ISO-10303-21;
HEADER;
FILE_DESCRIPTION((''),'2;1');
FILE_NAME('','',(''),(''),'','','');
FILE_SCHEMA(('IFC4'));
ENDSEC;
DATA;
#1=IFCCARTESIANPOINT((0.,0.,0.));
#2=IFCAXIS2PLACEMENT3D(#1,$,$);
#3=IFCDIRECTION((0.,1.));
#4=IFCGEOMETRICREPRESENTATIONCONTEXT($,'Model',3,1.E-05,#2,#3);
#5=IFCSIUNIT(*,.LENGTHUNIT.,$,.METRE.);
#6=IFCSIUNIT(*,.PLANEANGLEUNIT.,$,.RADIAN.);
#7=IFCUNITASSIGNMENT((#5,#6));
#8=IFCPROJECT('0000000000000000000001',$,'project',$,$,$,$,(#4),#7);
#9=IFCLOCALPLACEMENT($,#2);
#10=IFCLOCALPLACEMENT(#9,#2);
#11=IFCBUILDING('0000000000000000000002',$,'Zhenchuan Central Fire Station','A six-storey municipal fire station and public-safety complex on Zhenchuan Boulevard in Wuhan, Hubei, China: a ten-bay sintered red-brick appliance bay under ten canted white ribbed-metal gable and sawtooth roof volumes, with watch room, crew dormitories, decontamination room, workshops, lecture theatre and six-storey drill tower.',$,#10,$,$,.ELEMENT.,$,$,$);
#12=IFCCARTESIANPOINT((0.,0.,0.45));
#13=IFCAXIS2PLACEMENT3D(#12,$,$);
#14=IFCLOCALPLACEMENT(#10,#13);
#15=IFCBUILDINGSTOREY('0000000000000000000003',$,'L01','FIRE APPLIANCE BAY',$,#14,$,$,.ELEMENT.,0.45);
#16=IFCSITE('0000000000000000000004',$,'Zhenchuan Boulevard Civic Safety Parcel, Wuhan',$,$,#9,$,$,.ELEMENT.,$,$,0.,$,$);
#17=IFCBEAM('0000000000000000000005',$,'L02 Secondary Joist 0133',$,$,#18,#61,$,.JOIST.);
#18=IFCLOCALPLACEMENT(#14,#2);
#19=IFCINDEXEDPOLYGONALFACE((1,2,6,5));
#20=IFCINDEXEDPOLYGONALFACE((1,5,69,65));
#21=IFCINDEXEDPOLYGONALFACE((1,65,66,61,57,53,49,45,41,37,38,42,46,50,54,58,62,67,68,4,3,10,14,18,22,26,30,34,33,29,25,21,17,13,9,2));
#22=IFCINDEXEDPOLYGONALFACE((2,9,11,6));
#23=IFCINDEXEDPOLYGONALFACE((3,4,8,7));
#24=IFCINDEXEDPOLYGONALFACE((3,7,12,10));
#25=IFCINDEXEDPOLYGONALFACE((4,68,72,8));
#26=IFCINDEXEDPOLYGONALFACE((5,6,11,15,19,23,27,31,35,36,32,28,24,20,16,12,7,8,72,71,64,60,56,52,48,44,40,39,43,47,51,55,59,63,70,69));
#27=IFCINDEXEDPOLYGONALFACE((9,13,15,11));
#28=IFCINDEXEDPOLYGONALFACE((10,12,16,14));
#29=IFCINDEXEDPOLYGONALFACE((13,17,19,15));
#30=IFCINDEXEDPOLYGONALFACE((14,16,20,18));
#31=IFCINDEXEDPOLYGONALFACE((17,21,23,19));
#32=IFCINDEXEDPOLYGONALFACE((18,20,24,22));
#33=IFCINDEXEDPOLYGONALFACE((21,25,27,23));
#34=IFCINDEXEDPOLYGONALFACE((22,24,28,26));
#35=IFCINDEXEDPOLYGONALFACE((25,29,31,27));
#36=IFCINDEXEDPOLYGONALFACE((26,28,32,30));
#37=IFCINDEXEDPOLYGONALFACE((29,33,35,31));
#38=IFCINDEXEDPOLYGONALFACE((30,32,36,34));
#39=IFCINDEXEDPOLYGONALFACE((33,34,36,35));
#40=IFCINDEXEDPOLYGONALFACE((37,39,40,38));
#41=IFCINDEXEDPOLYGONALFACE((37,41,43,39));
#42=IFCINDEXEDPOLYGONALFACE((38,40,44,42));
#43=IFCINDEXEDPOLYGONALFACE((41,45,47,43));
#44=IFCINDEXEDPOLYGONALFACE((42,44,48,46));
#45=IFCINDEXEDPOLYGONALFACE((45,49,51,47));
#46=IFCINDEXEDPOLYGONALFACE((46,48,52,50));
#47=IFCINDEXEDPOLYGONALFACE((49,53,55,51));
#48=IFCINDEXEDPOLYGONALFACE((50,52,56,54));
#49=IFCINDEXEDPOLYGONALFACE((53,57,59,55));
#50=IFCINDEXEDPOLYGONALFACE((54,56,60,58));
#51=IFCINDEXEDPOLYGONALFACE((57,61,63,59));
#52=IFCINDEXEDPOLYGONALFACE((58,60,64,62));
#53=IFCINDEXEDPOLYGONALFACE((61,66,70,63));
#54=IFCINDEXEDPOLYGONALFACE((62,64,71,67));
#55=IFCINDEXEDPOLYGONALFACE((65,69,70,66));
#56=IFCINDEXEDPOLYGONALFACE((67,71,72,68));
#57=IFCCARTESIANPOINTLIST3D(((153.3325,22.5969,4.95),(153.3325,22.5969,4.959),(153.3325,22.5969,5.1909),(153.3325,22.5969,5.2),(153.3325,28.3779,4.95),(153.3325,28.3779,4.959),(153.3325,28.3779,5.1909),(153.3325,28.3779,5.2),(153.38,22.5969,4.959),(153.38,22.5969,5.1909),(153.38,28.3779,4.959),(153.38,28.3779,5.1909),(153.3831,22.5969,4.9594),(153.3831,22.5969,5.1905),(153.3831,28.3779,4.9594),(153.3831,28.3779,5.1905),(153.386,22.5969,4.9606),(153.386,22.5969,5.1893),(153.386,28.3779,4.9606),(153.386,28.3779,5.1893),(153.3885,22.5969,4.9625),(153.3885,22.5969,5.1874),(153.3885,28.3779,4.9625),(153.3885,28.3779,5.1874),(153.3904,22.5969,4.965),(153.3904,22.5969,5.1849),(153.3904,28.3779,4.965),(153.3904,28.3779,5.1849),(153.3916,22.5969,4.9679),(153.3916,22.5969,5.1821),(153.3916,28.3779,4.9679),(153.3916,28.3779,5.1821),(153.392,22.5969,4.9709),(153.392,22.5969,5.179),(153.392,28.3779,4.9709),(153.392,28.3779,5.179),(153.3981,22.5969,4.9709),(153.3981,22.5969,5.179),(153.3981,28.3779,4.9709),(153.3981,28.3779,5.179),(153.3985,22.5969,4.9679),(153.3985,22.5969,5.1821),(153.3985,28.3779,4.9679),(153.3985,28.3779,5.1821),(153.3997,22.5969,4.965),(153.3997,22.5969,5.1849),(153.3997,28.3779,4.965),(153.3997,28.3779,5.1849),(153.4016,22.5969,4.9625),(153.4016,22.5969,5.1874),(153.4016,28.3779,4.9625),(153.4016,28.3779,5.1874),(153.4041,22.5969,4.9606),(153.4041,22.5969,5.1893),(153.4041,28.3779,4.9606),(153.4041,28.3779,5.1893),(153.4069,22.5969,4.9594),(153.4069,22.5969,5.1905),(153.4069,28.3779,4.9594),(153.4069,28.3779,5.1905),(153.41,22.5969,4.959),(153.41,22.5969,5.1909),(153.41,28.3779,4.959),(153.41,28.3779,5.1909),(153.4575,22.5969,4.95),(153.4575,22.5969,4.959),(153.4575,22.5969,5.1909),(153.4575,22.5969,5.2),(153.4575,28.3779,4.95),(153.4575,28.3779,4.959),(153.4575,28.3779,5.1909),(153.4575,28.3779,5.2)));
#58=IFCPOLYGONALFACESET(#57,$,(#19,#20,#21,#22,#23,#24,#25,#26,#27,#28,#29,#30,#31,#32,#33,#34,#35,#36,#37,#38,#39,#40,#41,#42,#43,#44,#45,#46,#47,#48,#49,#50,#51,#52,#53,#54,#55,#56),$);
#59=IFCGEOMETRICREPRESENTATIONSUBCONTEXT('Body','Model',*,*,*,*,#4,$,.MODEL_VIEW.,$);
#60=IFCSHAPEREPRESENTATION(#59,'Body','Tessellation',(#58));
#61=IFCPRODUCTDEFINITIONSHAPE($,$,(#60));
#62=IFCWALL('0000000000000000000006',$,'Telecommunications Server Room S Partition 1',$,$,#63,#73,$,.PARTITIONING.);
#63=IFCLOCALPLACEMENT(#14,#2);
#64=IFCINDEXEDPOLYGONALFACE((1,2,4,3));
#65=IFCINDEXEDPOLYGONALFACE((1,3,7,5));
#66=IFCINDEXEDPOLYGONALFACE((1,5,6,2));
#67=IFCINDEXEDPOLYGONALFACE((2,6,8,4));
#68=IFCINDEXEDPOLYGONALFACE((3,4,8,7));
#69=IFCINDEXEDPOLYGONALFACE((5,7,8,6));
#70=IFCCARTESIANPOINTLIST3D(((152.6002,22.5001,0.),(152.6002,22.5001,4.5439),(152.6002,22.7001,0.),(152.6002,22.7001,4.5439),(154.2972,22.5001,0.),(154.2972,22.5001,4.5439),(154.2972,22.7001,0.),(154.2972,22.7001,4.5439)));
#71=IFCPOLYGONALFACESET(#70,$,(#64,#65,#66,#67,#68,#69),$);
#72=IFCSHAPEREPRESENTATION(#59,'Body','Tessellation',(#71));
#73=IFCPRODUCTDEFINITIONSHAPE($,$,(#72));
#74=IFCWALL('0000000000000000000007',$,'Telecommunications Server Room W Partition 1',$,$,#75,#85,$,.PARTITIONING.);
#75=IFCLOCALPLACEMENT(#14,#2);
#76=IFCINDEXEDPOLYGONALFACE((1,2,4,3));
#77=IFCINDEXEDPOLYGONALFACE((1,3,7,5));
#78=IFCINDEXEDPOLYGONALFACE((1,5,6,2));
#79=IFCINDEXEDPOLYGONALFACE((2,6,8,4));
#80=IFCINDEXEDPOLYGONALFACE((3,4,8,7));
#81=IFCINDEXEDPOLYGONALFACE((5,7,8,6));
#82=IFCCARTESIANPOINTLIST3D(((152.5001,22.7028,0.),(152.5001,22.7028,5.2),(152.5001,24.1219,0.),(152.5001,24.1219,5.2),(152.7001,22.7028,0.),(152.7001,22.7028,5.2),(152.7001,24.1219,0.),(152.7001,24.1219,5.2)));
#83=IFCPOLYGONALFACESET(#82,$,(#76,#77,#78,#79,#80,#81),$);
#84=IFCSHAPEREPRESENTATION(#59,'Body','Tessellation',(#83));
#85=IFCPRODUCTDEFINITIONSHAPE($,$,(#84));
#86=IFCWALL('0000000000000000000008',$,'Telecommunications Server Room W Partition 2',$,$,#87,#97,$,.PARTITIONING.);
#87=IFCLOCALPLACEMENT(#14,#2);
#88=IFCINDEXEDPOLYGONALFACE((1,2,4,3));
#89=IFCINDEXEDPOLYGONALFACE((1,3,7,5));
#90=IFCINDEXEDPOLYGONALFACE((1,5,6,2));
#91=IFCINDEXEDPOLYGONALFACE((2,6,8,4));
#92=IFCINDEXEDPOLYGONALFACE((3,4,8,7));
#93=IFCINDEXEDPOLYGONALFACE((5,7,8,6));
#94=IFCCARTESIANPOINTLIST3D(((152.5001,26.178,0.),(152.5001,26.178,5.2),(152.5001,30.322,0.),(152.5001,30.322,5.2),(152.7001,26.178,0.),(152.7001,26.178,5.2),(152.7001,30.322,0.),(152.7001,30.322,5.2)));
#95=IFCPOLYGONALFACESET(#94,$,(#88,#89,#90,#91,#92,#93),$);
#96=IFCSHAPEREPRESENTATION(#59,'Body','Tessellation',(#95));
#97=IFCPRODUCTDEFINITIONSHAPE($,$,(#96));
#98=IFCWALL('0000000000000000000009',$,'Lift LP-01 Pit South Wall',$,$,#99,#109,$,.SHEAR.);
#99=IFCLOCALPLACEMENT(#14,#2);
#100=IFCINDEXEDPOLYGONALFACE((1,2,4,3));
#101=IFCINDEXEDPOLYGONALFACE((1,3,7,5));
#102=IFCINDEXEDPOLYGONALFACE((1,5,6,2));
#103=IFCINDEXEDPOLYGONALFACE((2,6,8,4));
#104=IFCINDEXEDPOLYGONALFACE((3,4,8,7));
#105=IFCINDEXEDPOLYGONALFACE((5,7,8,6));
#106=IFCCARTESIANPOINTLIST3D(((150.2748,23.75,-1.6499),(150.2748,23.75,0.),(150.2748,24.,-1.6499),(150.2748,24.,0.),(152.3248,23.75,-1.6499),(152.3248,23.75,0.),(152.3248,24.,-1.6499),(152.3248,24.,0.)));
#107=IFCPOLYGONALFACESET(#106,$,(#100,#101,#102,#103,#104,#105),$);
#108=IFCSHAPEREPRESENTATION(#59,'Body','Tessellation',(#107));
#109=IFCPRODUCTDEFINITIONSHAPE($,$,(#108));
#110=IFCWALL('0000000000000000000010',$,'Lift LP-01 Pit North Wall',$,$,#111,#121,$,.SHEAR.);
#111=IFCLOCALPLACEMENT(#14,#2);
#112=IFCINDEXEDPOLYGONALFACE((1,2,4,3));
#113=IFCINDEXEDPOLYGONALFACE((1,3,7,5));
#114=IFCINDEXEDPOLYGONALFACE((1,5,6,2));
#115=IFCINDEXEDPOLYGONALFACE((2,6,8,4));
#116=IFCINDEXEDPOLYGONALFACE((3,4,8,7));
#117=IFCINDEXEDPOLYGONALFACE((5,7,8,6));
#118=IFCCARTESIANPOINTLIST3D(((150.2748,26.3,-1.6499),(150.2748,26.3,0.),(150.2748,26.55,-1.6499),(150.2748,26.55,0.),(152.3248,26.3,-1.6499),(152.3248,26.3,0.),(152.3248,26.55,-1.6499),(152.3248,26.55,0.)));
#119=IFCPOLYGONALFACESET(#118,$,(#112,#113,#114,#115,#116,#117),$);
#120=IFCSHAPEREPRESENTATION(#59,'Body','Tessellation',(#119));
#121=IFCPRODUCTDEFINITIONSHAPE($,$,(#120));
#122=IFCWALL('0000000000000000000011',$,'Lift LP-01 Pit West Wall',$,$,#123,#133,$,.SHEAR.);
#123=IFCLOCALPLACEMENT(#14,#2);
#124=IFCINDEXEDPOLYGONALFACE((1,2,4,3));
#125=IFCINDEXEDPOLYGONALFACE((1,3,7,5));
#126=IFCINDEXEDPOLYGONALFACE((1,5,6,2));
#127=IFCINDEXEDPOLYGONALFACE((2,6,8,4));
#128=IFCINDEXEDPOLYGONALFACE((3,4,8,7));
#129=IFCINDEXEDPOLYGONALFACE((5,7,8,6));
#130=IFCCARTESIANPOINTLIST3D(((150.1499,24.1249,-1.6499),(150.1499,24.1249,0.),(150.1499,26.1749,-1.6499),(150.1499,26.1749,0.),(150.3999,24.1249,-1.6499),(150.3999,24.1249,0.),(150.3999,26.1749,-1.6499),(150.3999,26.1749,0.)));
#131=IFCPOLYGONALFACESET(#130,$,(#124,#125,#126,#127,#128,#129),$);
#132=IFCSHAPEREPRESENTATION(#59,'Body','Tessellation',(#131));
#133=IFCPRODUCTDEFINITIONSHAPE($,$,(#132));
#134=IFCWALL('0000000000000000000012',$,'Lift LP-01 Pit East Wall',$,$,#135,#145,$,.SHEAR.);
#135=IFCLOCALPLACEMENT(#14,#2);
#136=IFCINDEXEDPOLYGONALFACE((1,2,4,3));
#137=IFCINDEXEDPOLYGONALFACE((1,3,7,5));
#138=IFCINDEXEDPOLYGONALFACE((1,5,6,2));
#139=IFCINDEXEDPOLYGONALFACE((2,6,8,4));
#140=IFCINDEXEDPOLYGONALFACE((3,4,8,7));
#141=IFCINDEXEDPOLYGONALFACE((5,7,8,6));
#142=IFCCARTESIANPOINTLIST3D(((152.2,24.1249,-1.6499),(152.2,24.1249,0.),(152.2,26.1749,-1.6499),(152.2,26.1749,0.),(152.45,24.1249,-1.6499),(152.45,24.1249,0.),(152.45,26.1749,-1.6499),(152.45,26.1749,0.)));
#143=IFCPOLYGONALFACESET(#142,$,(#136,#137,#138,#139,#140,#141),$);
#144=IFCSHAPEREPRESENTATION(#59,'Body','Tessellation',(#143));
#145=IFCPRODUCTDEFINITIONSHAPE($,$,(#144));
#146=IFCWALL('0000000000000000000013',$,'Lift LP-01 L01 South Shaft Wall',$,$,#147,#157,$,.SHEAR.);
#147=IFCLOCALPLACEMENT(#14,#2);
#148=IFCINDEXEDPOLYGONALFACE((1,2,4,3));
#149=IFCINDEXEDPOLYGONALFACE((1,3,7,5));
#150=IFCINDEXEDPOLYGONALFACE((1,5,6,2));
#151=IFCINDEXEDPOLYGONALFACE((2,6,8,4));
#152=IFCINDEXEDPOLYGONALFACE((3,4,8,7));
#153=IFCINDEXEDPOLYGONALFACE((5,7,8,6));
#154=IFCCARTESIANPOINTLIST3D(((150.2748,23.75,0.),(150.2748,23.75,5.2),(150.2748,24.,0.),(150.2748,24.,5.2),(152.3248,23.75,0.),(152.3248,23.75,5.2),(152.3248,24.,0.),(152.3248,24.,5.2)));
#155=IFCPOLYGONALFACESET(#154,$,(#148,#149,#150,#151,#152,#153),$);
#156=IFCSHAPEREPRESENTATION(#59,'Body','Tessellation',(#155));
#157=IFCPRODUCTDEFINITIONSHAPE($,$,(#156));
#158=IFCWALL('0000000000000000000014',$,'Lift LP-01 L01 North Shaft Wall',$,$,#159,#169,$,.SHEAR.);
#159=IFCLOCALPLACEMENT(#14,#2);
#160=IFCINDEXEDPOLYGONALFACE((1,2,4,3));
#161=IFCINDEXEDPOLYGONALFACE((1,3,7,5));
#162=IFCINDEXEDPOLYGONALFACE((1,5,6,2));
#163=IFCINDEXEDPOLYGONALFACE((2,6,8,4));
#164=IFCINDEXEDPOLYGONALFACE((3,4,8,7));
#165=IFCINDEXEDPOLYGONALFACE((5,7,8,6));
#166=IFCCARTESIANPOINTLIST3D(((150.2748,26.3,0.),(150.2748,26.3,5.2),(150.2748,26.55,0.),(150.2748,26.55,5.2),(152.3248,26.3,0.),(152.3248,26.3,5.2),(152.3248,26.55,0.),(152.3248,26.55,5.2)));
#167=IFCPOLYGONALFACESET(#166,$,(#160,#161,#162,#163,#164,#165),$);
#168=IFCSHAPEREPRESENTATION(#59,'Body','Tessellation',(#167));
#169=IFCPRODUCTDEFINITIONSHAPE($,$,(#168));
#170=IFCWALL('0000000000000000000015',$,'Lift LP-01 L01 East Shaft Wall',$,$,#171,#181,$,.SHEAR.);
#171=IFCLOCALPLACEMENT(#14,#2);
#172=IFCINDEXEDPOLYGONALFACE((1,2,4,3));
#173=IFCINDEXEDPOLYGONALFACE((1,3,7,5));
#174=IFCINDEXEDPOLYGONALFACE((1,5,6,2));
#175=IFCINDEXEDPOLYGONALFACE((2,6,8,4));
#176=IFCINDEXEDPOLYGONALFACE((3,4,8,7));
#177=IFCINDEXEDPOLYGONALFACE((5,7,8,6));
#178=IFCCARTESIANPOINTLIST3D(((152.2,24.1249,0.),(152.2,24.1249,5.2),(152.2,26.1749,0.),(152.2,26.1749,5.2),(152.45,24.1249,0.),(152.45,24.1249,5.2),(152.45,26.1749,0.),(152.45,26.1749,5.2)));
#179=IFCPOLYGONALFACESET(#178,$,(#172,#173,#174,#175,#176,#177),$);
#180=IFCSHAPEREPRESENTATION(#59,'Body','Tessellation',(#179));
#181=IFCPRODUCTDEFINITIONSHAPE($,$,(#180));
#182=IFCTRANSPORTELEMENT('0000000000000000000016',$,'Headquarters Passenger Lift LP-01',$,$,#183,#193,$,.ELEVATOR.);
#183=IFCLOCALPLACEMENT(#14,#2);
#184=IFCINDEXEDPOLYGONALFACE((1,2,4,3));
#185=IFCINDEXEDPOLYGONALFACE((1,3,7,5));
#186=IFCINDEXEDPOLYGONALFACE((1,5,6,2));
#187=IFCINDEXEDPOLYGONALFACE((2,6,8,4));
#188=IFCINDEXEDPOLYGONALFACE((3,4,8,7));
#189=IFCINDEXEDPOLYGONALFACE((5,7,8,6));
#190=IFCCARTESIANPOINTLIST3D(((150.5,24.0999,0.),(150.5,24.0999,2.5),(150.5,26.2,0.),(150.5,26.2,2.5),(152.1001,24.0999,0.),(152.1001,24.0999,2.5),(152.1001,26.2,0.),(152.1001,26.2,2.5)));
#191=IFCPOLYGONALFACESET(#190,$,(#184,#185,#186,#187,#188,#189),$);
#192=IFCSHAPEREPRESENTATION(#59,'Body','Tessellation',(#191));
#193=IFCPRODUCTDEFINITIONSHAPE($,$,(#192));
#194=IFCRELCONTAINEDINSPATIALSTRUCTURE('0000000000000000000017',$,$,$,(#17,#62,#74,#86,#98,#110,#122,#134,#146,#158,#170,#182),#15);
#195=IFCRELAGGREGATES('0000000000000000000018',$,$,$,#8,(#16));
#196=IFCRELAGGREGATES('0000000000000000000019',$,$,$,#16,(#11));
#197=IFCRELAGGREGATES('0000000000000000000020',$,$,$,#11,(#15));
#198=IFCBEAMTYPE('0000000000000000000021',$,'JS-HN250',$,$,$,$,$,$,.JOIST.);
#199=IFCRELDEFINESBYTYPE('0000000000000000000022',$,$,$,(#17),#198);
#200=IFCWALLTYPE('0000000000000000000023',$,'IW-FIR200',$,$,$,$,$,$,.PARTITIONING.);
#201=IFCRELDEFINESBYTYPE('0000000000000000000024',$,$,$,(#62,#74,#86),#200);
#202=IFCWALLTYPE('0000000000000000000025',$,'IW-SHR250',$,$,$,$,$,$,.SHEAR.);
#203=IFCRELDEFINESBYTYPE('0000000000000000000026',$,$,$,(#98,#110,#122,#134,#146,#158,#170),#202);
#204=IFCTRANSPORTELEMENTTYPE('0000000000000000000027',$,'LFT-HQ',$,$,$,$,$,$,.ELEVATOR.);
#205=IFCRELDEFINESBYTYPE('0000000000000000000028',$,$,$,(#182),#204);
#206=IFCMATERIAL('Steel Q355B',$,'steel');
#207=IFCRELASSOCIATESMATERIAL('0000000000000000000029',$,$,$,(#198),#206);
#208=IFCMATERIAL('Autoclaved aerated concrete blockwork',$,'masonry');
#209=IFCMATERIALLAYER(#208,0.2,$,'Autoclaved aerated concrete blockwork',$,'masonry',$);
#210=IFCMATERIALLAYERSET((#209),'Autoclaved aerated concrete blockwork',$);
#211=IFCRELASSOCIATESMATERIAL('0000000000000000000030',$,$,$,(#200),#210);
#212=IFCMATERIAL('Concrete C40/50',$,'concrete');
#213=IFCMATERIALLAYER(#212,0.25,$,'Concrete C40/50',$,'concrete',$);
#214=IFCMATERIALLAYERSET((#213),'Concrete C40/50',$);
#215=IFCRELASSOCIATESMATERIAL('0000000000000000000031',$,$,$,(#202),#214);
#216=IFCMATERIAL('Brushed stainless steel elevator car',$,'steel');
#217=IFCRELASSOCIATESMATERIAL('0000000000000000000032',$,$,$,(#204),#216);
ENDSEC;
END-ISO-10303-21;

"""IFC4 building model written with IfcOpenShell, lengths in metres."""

from ifc_helpers import new_model, si_unit, direction, frame, frame_2d, origin, origin_2d, place, context, subcontext, project, spatial, rectangle, i_section, extrude, material, layer, layer_set, material_profile, profile_set, type_object, element, save


model = new_model("IFC4")

# Units and contexts
model_context = context("Model", 3, precision=1e-05, world=origin(), true_north=direction((0.0, 1.0)))
body_context = subcontext(model_context, "Body", "Model", "MODEL_VIEW")
ifc_project = project(units=[si_unit("LENGTHUNIT", "METRE"), si_unit("PLANEANGLEUNIT", "RADIAN")], contexts=[model_context])

# Site, building, storey
site_placement = place(None, origin())
site = spatial("IfcSite", under=ifc_project, at=site_placement, Name="Zhenchuan Boulevard Civic Safety Parcel, Wuhan", CompositionType="ELEMENT", RefElevation=0.0)
building_placement = place(site_placement, origin())
building = spatial("IfcBuilding", under=site, at=building_placement, Name="Zhenchuan Central Fire Station", Description="A six-storey municipal fire station and public-safety complex on Zhenchuan Boulevard in Wuhan, Hubei, China: a ten-bay sintered red-brick appliance bay under ten canted white ribbed-metal gable and sawtooth roof volumes, with watch room, crew dormitories, decontamination room, workshops, lecture theatre and six-storey drill tower.", CompositionType="ELEMENT")
storey_placement = place(building_placement, frame((0.0, 0.0, 0.45)))
storey = spatial("IfcBuildingStorey", under=building, at=storey_placement, Name="L01", Description="FIRE APPLIANCE BAY", CompositionType="ELEMENT", Elevation=0.45)

# Shared definitions
ifc_material_1 = material(Name="Concrete C40/50", Category="concrete")

# Shared definitions
ifc_material_2 = material(Name="Steel Q355B", Category="steel")

# Beam
ifc_material_profile_1 = material_profile(ifc_material_2, i_section(OverallWidth=0.125, OverallDepth=0.25, WebThickness=0.0061, FlangeThickness=0.009, FilletRadius=0.012, at=origin_2d()), Name="HN 250x125")
ifc_profile_set_1 = profile_set([ifc_material_profile_1], Name="Steel Q355B")
beam_type_1 = type_object("IfcBeamType", Name="JS-HN250", PredefinedType="JOIST", material=ifc_profile_set_1)
beam_1_placement = place(storey_placement, frame((153.395, 22.5969, 5.075), z_axis=(0.0, 1.0, 0.0), x_axis=(-1.0, 0.0, 0.0)))
element("IfcBeam", 1, at=beam_1_placement, inside=storey, type_object=beam_type_1, Name="L02 Secondary Joist 0133", PredefinedType="JOIST", context=body_context, shape_type="SweptSolid", body=[
    extrude(i_section(OverallWidth=0.125, OverallDepth=0.25, WebThickness=0.0061, FlangeThickness=0.009, FilletRadius=0.012, at=origin_2d()), origin(), (0.0, 0.0, 1.0), 5.781),
])

# Walls
ifc_material_3 = material(Name="Autoclaved aerated concrete blockwork", Category="masonry")
ifc_layer_1 = layer(ifc_material_3, 0.2, Name="Autoclaved aerated concrete blockwork", Category="masonry")
ifc_layer_set_1 = layer_set([ifc_layer_1], Name="Autoclaved aerated concrete blockwork")
wall_type_1 = type_object("IfcWallType", Name="IW-FIR200", PredefinedType="PARTITIONING", material=ifc_layer_set_1)
wall_1_placement = place(storey_placement, frame((152.6001, 22.6001, 0.0), z_axis=(0.0, 0.0, 1.0), x_axis=(1.0, 0.0, 0.0)))
element("IfcWall", 2, at=wall_1_placement, inside=storey, type_object=wall_type_1, Name="Telecommunications Server Room S Partition 1", PredefinedType="PARTITIONING", context=body_context, shape_type="SweptSolid", body=[
    extrude(rectangle(XDim=1.697, YDim=0.2, at=frame_2d((0.8486, 0.0))), origin(), (0.0, 0.0, 1.0), 4.5439),
])
wall_2_placement = place(storey_placement, frame((152.6001, 22.7029, 0.0), z_axis=(0.0, 0.0, 1.0), x_axis=(0.0, 1.0, 0.0)))
element("IfcWall", 3, at=wall_2_placement, inside=storey, type_object=wall_type_1, Name="Telecommunications Server Room W Partition 1", PredefinedType="PARTITIONING", context=body_context, shape_type="SweptSolid", body=[
    extrude(rectangle(XDim=1.4192, YDim=0.2, at=frame_2d((0.7095, 0.0))), origin(), (0.0, 0.0, 1.0), 5.2),
])
wall_3_placement = place(storey_placement, frame((152.6001, 26.178, 0.0), z_axis=(0.0, 0.0, 1.0), x_axis=(0.0, 1.0, 0.0)))
element("IfcWall", 4, at=wall_3_placement, inside=storey, type_object=wall_type_1, Name="Telecommunications Server Room W Partition 2", PredefinedType="PARTITIONING", context=body_context, shape_type="SweptSolid", body=[
    extrude(rectangle(XDim=4.144, YDim=0.2, at=frame_2d((2.072, 0.0))), origin(), (0.0, 0.0, 1.0), 5.2),
])
ifc_layer_2 = layer(ifc_material_1, 0.25, Name="Concrete C40/50", Category="concrete")
ifc_layer_set_2 = layer_set([ifc_layer_2], Name="Concrete C40/50")
wall_type_2 = type_object("IfcWallType", Name="IW-SHR250", PredefinedType="SHEAR", material=ifc_layer_set_2)
for number, where, z_axis, x_axis, name in (
    (5, (150.2749, 23.875, -1.6499), (0.0, 0.0, 1.0), (1.0, 0.0, 0.0), "Lift LP-01 Pit South Wall"),
    (6, (150.2749, 26.425, -1.6499), (0.0, 0.0, 1.0), (1.0, 0.0, 0.0), "Lift LP-01 Pit North Wall"),
    (7, (150.2749, 24.125, -1.6499), (0.0, 0.0, 1.0), (0.0, 1.0, 0.0), "Lift LP-01 Pit West Wall"),
    (8, (152.325, 24.125, -1.6499), (0.0, 0.0, 1.0), (0.0, 1.0, 0.0), "Lift LP-01 Pit East Wall"),
):
    element("IfcWall", number, at=place(storey_placement, frame(where, z_axis=z_axis, x_axis=x_axis)), inside=storey, type_object=wall_type_2, Name=name, PredefinedType="SHEAR", context=body_context, shape_type="SweptSolid", body=[
        extrude(rectangle(XDim=2.05, YDim=0.25, at=frame_2d((1.0249, 0.0))), origin(), (0.0, 0.0, 1.0), 1.6499),
    ])
for number, where, z_axis, x_axis, name in (
    (9, (150.2749, 23.875, 0.0), (0.0, 0.0, 1.0), (1.0, 0.0, 0.0), "Lift LP-01 L01 South Shaft Wall"),
    (10, (150.2749, 26.425, 0.0), (0.0, 0.0, 1.0), (1.0, 0.0, 0.0), "Lift LP-01 L01 North Shaft Wall"),
):
    element("IfcWall", number, at=place(storey_placement, frame(where, z_axis=z_axis, x_axis=x_axis)), inside=storey, type_object=wall_type_2, Name=name, PredefinedType="SHEAR", context=body_context, shape_type="SweptSolid", body=[
        extrude(rectangle(XDim=2.05, YDim=0.25, at=frame_2d((1.0249, 0.0))), origin(), (0.0, 0.0, 1.0), 5.2),
    ])

# Wall
wall_4_placement = place(storey_placement, frame((152.325, 24.125, 0.0), z_axis=(0.0, 0.0, 1.0), x_axis=(0.0, 1.0, 0.0)))
element("IfcWall", 11, at=wall_4_placement, inside=storey, type_object=wall_type_2, Name="Lift LP-01 L01 East Shaft Wall", PredefinedType="SHEAR", context=body_context, shape_type="SweptSolid", body=[
    extrude(rectangle(XDim=2.05, YDim=0.25, at=frame_2d((1.0249, 0.0))), origin(), (0.0, 0.0, 1.0), 5.2),
])

# Transport element
ifc_material_4 = material(Name="Brushed stainless steel elevator car", Category="steel")
transport_element_type = type_object("IfcTransportElementType", Name="LFT-HQ", PredefinedType="ELEVATOR", material=ifc_material_4)
transport_element_placement = place(storey_placement, frame((151.3, 25.1499, 0.0), z_axis=(0.0, 0.0, 1.0), x_axis=(1.0, 0.0, 0.0)))
element("IfcTransportElement", 12, at=transport_element_placement, inside=storey, type_object=transport_element_type, Name="Headquarters Passenger Lift LP-01", PredefinedType="ELEVATOR", context=body_context, shape_type="SweptSolid", body=[
    extrude(rectangle(XDim=1.6001, YDim=2.1001, at=origin_2d()), origin(), (0.0, 0.0, 1.0), 2.5),
])

save(model, "model.ifc")
